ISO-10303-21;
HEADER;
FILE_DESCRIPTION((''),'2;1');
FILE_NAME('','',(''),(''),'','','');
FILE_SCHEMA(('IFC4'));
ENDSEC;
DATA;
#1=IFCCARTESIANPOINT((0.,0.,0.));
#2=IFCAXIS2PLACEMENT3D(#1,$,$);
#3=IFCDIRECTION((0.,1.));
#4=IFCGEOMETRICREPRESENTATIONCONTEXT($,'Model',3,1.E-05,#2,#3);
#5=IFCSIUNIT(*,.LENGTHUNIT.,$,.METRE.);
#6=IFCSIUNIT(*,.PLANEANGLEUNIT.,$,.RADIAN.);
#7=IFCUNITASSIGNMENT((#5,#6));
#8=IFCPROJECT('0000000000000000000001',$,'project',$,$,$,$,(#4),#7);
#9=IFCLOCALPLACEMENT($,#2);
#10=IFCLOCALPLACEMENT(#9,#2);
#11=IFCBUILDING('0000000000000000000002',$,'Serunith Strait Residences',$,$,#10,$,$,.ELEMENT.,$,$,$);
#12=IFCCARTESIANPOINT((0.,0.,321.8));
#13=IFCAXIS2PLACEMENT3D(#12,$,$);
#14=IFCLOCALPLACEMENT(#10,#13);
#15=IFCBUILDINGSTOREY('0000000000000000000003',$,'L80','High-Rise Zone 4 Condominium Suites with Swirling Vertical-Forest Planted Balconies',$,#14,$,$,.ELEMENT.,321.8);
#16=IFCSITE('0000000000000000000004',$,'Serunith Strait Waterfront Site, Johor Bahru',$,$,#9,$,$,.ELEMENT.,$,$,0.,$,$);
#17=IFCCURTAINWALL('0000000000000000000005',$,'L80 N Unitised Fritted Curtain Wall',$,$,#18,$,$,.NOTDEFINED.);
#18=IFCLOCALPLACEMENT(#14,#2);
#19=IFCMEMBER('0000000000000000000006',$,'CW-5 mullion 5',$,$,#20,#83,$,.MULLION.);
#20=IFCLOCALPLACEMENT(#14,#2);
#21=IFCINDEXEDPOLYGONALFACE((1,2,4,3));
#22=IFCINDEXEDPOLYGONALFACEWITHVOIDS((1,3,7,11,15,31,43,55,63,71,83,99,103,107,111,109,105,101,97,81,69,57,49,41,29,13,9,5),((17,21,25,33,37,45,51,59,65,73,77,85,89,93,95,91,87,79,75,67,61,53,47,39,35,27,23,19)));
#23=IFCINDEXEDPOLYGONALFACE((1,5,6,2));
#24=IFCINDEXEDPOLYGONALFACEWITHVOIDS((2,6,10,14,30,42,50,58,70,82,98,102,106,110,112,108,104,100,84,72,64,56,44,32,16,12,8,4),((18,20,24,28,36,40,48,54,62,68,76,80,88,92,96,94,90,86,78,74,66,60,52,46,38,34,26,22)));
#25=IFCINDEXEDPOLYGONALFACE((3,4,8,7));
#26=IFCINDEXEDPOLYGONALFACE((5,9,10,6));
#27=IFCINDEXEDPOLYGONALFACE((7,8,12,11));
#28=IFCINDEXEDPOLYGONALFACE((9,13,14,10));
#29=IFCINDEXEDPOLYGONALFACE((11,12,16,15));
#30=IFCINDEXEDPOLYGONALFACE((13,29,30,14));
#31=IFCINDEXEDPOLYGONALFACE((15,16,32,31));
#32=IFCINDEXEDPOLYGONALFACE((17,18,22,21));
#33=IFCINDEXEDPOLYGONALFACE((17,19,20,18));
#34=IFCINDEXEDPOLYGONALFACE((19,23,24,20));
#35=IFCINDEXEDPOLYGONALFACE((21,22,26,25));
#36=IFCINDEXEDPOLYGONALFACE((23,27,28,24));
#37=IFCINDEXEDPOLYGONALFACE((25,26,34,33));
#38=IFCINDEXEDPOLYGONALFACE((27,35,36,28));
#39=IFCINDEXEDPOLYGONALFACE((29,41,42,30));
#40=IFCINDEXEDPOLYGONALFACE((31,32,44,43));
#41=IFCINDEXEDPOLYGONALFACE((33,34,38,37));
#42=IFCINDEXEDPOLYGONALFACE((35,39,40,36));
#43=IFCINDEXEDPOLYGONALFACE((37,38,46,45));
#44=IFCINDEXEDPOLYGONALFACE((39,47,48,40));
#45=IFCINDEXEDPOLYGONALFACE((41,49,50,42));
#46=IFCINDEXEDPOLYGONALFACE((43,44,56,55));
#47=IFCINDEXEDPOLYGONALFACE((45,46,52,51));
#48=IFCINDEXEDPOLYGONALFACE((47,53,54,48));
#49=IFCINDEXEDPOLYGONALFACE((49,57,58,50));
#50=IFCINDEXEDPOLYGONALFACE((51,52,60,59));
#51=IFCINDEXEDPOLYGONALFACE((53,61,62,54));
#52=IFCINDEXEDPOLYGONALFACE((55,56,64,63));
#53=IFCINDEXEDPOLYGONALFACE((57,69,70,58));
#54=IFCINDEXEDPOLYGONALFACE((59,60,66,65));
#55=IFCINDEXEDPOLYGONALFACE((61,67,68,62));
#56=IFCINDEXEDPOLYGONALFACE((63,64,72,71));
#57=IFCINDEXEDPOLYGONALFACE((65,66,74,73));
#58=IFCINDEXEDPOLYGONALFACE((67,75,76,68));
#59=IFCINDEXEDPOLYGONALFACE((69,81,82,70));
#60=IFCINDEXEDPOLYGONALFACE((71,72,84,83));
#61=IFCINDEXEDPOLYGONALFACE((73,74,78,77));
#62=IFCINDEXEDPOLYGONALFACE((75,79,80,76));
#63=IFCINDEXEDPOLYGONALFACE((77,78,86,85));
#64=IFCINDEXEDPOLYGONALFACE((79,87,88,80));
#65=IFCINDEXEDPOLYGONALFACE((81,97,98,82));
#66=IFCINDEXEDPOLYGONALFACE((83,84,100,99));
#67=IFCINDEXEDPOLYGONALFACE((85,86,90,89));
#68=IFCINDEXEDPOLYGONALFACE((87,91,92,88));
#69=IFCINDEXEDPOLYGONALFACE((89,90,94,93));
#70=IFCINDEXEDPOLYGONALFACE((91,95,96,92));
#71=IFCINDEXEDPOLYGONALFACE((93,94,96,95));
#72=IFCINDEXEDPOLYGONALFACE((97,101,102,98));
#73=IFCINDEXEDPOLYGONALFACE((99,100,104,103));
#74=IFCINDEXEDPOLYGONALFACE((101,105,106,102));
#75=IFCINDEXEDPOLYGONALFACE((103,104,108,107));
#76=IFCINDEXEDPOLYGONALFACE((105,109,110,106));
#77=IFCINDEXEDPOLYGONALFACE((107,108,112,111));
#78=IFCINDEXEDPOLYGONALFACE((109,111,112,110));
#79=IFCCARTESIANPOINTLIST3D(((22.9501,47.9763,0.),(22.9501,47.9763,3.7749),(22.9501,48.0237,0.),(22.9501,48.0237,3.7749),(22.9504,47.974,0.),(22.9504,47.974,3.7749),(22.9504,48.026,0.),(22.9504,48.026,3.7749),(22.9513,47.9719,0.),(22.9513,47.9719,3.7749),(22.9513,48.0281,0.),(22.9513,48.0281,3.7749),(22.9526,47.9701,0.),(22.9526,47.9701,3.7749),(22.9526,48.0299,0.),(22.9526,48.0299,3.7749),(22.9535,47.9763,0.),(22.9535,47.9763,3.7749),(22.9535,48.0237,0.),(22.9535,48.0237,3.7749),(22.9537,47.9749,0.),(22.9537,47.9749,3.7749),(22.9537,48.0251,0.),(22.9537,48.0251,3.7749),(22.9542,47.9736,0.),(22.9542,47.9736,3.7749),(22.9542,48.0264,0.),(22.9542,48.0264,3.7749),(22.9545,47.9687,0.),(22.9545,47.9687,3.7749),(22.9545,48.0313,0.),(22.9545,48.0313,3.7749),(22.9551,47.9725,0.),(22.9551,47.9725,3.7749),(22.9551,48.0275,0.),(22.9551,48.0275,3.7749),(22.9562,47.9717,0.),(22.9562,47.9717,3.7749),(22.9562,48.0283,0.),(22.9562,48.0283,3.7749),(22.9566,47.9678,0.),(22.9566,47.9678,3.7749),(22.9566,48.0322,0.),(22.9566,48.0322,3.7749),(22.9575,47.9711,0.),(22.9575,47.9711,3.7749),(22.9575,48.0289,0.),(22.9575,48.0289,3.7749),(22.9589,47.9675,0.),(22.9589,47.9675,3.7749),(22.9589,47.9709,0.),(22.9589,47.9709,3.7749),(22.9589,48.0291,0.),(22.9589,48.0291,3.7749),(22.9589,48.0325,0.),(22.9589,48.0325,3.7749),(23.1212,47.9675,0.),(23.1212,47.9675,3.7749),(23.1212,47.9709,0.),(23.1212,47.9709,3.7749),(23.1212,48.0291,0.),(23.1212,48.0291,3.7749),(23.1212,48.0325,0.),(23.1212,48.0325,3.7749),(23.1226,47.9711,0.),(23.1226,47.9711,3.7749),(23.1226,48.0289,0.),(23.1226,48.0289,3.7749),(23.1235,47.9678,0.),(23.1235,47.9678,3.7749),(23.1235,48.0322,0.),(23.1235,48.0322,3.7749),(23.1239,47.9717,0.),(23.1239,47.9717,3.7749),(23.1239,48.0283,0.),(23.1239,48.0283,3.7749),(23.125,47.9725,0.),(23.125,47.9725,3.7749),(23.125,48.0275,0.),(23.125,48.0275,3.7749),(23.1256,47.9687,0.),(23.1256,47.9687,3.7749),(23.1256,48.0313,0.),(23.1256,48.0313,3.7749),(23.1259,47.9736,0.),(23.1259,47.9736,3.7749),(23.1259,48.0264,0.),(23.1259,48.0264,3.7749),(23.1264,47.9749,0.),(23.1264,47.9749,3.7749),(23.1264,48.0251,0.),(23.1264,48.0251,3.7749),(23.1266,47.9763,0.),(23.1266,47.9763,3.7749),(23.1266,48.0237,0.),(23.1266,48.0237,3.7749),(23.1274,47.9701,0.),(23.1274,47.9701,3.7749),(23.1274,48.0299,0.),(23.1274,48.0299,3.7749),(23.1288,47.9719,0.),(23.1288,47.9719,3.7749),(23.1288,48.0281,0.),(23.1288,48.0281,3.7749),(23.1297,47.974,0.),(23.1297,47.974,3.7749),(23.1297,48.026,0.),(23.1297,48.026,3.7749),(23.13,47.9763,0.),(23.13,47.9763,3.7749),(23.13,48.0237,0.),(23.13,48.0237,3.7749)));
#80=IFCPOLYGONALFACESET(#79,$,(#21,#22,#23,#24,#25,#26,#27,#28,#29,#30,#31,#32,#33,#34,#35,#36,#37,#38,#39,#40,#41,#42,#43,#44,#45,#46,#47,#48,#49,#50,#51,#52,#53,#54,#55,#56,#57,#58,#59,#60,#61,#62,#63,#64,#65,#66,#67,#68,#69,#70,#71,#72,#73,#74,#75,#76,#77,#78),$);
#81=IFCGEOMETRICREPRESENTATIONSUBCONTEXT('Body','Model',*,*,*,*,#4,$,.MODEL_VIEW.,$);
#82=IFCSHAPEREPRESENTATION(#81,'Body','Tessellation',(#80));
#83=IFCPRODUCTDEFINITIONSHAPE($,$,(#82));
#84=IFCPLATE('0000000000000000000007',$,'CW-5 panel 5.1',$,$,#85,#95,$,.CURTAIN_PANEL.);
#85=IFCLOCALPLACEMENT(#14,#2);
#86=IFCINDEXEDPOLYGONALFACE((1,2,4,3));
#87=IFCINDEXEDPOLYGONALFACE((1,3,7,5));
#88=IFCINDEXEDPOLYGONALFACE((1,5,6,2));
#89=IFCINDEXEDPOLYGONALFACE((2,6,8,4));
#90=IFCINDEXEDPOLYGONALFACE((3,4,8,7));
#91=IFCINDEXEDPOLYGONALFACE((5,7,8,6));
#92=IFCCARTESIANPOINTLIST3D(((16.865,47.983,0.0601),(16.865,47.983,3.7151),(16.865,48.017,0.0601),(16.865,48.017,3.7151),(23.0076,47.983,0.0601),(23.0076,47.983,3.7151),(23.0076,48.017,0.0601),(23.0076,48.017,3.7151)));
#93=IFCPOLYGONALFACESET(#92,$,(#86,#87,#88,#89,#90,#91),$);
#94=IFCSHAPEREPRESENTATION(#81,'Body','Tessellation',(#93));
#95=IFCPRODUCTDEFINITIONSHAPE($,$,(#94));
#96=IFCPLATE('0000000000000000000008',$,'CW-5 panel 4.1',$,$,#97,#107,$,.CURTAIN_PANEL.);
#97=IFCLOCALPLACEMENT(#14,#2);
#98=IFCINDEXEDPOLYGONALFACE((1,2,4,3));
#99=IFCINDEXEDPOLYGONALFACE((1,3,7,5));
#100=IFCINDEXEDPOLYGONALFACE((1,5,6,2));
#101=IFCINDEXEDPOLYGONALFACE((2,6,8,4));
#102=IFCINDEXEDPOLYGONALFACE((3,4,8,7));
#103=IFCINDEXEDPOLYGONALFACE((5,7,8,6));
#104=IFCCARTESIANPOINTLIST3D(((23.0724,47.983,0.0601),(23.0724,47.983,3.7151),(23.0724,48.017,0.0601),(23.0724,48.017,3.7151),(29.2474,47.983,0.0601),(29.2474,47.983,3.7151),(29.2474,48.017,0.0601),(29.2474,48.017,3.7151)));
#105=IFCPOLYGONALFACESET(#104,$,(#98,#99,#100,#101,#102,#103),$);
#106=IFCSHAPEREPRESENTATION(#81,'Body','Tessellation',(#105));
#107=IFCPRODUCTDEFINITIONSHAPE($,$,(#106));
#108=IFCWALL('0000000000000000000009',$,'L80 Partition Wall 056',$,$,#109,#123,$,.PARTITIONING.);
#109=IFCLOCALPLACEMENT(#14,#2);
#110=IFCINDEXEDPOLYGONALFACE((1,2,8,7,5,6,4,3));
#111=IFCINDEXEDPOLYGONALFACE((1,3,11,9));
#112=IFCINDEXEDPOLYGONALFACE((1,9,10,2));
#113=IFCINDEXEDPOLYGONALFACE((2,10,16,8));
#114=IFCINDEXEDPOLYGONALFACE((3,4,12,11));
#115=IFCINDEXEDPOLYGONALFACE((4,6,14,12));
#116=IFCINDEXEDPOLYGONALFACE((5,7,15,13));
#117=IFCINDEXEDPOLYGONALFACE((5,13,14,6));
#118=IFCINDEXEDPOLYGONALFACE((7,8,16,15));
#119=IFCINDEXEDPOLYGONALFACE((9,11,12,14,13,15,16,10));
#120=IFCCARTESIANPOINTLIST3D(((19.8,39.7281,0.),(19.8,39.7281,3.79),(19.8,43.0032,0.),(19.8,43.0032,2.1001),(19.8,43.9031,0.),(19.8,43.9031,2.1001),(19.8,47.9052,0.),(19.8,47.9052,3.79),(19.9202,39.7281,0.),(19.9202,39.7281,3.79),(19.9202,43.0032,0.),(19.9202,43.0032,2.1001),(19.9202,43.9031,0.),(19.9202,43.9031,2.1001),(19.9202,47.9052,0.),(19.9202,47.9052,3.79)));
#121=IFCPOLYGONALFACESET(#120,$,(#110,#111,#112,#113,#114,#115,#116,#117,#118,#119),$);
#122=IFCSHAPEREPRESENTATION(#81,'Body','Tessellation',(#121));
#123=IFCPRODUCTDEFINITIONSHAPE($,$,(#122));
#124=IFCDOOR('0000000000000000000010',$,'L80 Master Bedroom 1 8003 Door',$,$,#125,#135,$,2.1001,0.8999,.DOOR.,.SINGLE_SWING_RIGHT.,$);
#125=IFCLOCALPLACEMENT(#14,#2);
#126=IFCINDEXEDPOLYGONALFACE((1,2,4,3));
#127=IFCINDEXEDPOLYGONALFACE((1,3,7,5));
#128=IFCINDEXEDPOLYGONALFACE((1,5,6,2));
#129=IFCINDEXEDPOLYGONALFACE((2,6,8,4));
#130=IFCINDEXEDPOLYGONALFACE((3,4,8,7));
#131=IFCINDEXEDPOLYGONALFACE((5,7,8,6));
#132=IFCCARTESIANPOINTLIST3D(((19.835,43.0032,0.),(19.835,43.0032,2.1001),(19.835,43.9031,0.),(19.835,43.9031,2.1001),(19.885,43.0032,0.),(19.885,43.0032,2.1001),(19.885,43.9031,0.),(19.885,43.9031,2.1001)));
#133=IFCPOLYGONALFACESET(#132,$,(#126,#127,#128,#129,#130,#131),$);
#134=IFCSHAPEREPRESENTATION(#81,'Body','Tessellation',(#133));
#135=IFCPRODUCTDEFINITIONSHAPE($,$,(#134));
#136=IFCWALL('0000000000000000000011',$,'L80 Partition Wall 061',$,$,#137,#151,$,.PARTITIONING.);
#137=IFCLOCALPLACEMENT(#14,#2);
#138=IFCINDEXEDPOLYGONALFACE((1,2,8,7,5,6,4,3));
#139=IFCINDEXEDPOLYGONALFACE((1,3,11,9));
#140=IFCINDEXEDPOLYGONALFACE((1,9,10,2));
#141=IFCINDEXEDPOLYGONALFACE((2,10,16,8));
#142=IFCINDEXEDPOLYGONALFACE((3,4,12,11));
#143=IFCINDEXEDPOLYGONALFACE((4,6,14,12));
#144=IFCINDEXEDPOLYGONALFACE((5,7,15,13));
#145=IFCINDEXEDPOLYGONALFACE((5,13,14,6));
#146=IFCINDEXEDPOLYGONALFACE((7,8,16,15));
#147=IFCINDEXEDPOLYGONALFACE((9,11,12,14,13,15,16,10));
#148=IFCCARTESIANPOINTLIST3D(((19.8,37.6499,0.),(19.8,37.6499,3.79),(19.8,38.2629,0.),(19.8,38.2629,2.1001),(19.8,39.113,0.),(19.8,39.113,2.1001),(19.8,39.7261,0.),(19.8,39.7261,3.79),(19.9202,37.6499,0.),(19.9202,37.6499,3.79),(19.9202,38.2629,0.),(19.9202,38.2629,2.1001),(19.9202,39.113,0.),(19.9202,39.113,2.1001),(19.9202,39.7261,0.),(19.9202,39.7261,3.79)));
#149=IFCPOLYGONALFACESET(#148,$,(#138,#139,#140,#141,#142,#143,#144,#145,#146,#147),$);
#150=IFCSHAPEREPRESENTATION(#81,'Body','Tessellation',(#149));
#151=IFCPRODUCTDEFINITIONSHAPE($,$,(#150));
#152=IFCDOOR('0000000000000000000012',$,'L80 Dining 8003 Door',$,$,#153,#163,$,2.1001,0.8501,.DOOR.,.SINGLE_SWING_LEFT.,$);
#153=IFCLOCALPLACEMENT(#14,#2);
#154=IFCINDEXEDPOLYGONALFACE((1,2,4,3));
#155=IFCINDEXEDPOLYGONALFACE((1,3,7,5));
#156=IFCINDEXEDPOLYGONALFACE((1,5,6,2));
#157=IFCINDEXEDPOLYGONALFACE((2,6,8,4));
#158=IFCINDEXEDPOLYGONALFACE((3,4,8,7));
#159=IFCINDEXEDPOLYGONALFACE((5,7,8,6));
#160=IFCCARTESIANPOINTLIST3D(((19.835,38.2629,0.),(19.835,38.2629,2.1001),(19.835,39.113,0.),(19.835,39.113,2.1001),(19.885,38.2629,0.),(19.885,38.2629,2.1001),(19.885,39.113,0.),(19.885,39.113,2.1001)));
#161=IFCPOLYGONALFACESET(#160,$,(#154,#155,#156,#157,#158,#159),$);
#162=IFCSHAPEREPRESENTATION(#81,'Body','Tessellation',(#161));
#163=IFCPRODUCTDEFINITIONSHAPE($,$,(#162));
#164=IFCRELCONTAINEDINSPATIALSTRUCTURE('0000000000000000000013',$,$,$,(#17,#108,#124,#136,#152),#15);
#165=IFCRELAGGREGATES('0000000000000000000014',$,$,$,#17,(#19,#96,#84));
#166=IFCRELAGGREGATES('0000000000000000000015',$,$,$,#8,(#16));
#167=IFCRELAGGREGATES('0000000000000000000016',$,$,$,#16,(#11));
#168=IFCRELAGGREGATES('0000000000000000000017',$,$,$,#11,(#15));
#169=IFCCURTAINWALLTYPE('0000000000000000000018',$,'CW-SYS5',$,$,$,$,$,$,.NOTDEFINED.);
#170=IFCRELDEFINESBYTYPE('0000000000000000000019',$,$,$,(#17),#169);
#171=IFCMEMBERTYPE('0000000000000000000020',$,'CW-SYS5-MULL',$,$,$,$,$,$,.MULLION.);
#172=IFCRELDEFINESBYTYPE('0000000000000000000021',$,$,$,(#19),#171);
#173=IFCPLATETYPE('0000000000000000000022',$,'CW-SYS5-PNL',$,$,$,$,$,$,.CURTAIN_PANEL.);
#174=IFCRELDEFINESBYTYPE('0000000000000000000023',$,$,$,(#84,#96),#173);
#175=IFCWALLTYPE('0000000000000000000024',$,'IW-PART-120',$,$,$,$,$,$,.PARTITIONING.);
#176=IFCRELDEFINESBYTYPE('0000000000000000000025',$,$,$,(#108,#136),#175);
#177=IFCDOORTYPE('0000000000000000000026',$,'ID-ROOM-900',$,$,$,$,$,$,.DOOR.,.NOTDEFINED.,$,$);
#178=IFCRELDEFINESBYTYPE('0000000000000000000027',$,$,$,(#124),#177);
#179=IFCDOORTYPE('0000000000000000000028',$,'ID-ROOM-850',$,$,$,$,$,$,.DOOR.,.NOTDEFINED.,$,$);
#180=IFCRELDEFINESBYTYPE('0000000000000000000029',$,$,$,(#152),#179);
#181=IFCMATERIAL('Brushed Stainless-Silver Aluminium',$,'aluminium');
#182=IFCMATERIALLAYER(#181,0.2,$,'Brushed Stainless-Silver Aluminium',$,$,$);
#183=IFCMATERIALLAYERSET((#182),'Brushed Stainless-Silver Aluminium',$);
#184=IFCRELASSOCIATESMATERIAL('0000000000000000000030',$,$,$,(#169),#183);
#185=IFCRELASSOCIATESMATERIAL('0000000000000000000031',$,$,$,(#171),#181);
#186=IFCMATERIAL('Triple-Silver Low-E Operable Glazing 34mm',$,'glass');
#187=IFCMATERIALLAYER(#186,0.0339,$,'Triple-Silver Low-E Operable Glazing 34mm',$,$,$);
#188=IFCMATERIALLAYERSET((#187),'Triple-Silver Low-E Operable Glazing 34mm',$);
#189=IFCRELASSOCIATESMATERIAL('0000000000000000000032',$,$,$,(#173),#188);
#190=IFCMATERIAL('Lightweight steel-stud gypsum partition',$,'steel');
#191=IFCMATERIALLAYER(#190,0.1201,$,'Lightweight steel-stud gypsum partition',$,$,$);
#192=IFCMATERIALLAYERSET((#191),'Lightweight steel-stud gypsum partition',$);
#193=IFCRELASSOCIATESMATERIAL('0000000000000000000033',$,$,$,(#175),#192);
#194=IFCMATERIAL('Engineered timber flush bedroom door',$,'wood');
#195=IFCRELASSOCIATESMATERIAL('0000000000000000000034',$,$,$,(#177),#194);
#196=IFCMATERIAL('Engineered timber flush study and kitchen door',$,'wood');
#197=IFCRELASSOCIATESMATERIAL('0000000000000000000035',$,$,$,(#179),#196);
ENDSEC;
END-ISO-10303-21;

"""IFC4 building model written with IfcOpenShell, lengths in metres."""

from ifc_helpers import new_model, si_unit, direction, frame, frame_2d, origin, origin_2d, place, context, subcontext, project, spatial, rectangle, hollow_rectangle, extrude, source, transform, mapped, material, layer, layer_set, material_profile, profile_set, type_object, element, fill, aggregate, save


model = new_model("IFC4")

# Units and contexts
model_context = context("Model", 3, precision=1e-05, world=origin(), true_north=direction((0.0, 1.0)))
body_context = subcontext(model_context, "Body", "Model", "MODEL_VIEW")
ifc_project = project(units=[si_unit("LENGTHUNIT", "METRE"), si_unit("PLANEANGLEUNIT", "RADIAN")], contexts=[model_context])

# Site, building, storey
site_placement = place(None, origin())
site = spatial("IfcSite", under=ifc_project, at=site_placement, Name="Serunith Strait Waterfront Site, Johor Bahru", CompositionType="ELEMENT", RefElevation=0.0)
building_placement = place(site_placement, origin())
building = spatial("IfcBuilding", under=site, at=building_placement, Name="Serunith Strait Residences", CompositionType="ELEMENT")
storey_placement = place(building_placement, frame((0.0, 0.0, 321.8)))
storey = spatial("IfcBuildingStorey", under=building, at=storey_placement, Name="L80", Description="High-Rise Zone 4 Condominium Suites with Swirling Vertical-Forest Planted Balconies", CompositionType="ELEMENT", Elevation=321.8)

# Curtain wall, member, plates
ifc_material_1 = material(Name="Brushed Stainless-Silver Aluminium", Category="aluminium")
ifc_layer_1 = layer(ifc_material_1, 0.2, Name="Brushed Stainless-Silver Aluminium")
ifc_layer_set_1 = layer_set([ifc_layer_1], Name="Brushed Stainless-Silver Aluminium")
curtain_wall_type = type_object("IfcCurtainWallType", Name="CW-SYS5", PredefinedType="NOTDEFINED", material=ifc_layer_set_1)
curtain_wall_placement = place(storey_placement, origin())
curtain_wall = element("IfcCurtainWall", 1, at=curtain_wall_placement, inside=storey, type_object=curtain_wall_type, Name="L80 N Unitised Fritted Curtain Wall", PredefinedType="NOTDEFINED")
ifc_material_profile_1 = material_profile(ifc_material_1, hollow_rectangle(XDim=0.0649, YDim=0.1799, WallThickness=0.0034, InnerFilletRadius=0.0054, OuterFilletRadius=0.0088, at=origin_2d()), Name="ALU 180x65x3.5")
ifc_profile_set_1 = profile_set([ifc_material_profile_1], Name="Brushed Stainless-Silver Aluminium")
member_type_1 = type_object("IfcMemberType", Name="CW-SYS5-MULL", PredefinedType="MULLION", material=ifc_profile_set_1)
shared_shape_1 = source(origin(), body_context, "Body", "SweptSolid", [
    extrude(hollow_rectangle(XDim=0.0649, YDim=0.1799, WallThickness=0.0034, InnerFilletRadius=0.0054, OuterFilletRadius=0.0088, at=origin_2d()), origin(), (0.0, 0.0, 1.0), 3.7749),
])
member_1_placement = place(storey_placement, frame((23.04, 48.0, 0.0), z_axis=(0.0, 0.0, 1.0), x_axis=(0.0, -1.0, 0.0)))
member_1 = element("IfcMember", 2, at=member_1_placement, type_object=member_type_1, Name="CW-5 mullion 5", PredefinedType="MULLION", context=body_context, shape_type="MappedRepresentation", body=[
    mapped(shared_shape_1, transform((0.0, 0.0, 0.0), scale=1.0)),
])
ifc_material_2 = material(Name="Triple-Silver Low-E Operable Glazing 34mm", Category="glass")
ifc_layer_2 = layer(ifc_material_2, 0.0339, Name="Triple-Silver Low-E Operable Glazing 34mm")
ifc_layer_set_2 = layer_set([ifc_layer_2], Name="Triple-Silver Low-E Operable Glazing 34mm")
plate_type = type_object("IfcPlateType", Name="CW-SYS5-PNL", PredefinedType="CURTAIN_PANEL", material=ifc_layer_set_2)
shared_shape_2 = source(origin(), body_context, "Body", "SweptSolid", [
    extrude(rectangle(XDim=6.1426, YDim=0.0339, at=origin_2d()), origin(), (0.0, 0.0, 1.0), 3.655),
])
plate_1_placement = place(storey_placement, frame((19.9363, 48.0, 0.0601), z_axis=(0.0, 0.0, 1.0), x_axis=(-1.0, 0.0, 0.0)))
plate_1 = element("IfcPlate", 3, at=plate_1_placement, type_object=plate_type, Name="CW-5 panel 5.1", PredefinedType="CURTAIN_PANEL", context=body_context, shape_type="MappedRepresentation", body=[
    mapped(shared_shape_2, transform((0.0, 0.0, 0.0), scale=1.0)),
])
shared_shape_3 = source(origin(), body_context, "Body", "SweptSolid", [
    extrude(rectangle(XDim=6.175, YDim=0.0339, at=origin_2d()), origin(), (0.0, 0.0, 1.0), 3.655),
])
plate_2_placement = place(storey_placement, frame((26.1599, 48.0, 0.0601), z_axis=(0.0, 0.0, 1.0), x_axis=(-1.0, 0.0, 0.0)))
plate_2 = element("IfcPlate", 4, at=plate_2_placement, type_object=plate_type, Name="CW-5 panel 4.1", PredefinedType="CURTAIN_PANEL", context=body_context, shape_type="MappedRepresentation", body=[
    mapped(shared_shape_3, transform((0.0, 0.0, 0.0), scale=1.0)),
])
aggregate(curtain_wall, [member_1, plate_2, plate_1])

# Walls, openings, doors
ifc_material_3 = material(Name="Lightweight steel-stud gypsum partition", Category="steel")
ifc_layer_3 = layer(ifc_material_3, 0.1201, Name="Lightweight steel-stud gypsum partition")
ifc_layer_set_3 = layer_set([ifc_layer_3], Name="Lightweight steel-stud gypsum partition")
wall_type = type_object("IfcWallType", Name="IW-PART-120", PredefinedType="PARTITIONING", material=ifc_layer_set_3)
wall_1_placement = place(storey_placement, frame((19.8601, 47.905, 0.0), z_axis=(0.0, 0.0, 1.0), x_axis=(0.0, -1.0, 0.0)))
wall_1 = element("IfcWall", 5, at=wall_1_placement, inside=storey, type_object=wall_type, Name="L80 Partition Wall 056", PredefinedType="PARTITIONING", context=body_context, shape_type="SweptSolid", body=[
    extrude(rectangle(XDim=8.177, YDim=0.1201, at=frame_2d((4.0884, 0.0))), origin(), (0.0, 0.0, 1.0), 3.79),
])
opening_1_placement = place(wall_1_placement, frame((4.002, 0.0, 0.0)))
opening_1 = element("IfcOpeningElement", 6, at=opening_1_placement, cuts=wall_1, PredefinedType="OPENING", context=body_context, shape_type="SweptSolid", body=[
    extrude(rectangle(XDim=0.8999, YDim=2.1001, at=frame_2d((0.45, 1.05))), frame((0.0, 0.0701, 0.0), z_axis=(0.0, -1.0, 0.0), x_axis=(1.0, 0.0, 0.0)), (0.0, 0.0, 1.0), 0.1401),
])
ifc_material_4 = material(Name="Engineered timber flush bedroom door", Category="wood")
door_type_1 = type_object("IfcDoorType", Name="ID-ROOM-900", OperationType="NOTDEFINED", PredefinedType="DOOR", material=ifc_material_4)
shared_shape_4 = source(origin(), body_context, "Body", "SweptSolid", [
    extrude(rectangle(XDim=0.8999, YDim=2.1001, at=frame_2d((0.45, 1.05))), frame((0.0, 0.0249, 0.0), z_axis=(0.0, -1.0, 0.0), x_axis=(1.0, 0.0, 0.0)), (0.0, 0.0, 1.0), 0.05),
])
door_1_placement = place(opening_1_placement, origin())
door_1 = element("IfcDoor", 7, at=door_1_placement, inside=storey, type_object=door_type_1, Name="L80 Master Bedroom 1 8003 Door", OperationType="SINGLE_SWING_RIGHT", OverallHeight=2.1001, OverallWidth=0.8999, PredefinedType="DOOR", context=body_context, shape_type="MappedRepresentation", body=[
    mapped(shared_shape_4, transform((0.0, 0.0, 0.0), scale=1.0)),
])
fill(opening_1, door_1)
wall_2_placement = place(storey_placement, frame((19.8601, 39.7261, 0.0), z_axis=(0.0, 0.0, 1.0), x_axis=(0.0, -1.0, 0.0)))
wall_2 = element("IfcWall", 8, at=wall_2_placement, inside=storey, type_object=wall_type, Name="L80 Partition Wall 061", PredefinedType="PARTITIONING", context=body_context, shape_type="SweptSolid", body=[
    extrude(rectangle(XDim=2.0762, YDim=0.1201, at=frame_2d((1.0381, 0.0))), origin(), (0.0, 0.0, 1.0), 3.79),
])
opening_2_placement = place(wall_2_placement, frame((0.613, 0.0, 0.0)))
opening_2 = element("IfcOpeningElement", 9, at=opening_2_placement, cuts=wall_2, PredefinedType="OPENING", context=body_context, shape_type="SweptSolid", body=[
    extrude(rectangle(XDim=0.8501, YDim=2.1001, at=frame_2d((0.425, 1.05))), frame((0.0, 0.0701, 0.0), z_axis=(0.0, -1.0, 0.0), x_axis=(1.0, 0.0, 0.0)), (0.0, 0.0, 1.0), 0.1401),
])
ifc_material_5 = material(Name="Engineered timber flush study and kitchen door", Category="wood")
door_type_2 = type_object("IfcDoorType", Name="ID-ROOM-850", OperationType="NOTDEFINED", PredefinedType="DOOR", material=ifc_material_5)
shared_shape_5 = source(origin(), body_context, "Body", "SweptSolid", [
    extrude(rectangle(XDim=0.8501, YDim=2.1001, at=frame_2d((0.425, 1.05))), frame((0.0, 0.0249, 0.0), z_axis=(0.0, -1.0, 0.0), x_axis=(1.0, 0.0, 0.0)), (0.0, 0.0, 1.0), 0.05),
])
door_2_placement = place(opening_2_placement, origin())
door_2 = element("IfcDoor", 10, at=door_2_placement, inside=storey, type_object=door_type_2, Name="L80 Dining 8003 Door", OperationType="SINGLE_SWING_LEFT", OverallHeight=2.1001, OverallWidth=0.8501, PredefinedType="DOOR", context=body_context, shape_type="MappedRepresentation", body=[
    mapped(shared_shape_5, transform((0.0, 0.0, 0.0), scale=1.0)),
])
fill(opening_2, door_2)

save(model, "model.ifc")
